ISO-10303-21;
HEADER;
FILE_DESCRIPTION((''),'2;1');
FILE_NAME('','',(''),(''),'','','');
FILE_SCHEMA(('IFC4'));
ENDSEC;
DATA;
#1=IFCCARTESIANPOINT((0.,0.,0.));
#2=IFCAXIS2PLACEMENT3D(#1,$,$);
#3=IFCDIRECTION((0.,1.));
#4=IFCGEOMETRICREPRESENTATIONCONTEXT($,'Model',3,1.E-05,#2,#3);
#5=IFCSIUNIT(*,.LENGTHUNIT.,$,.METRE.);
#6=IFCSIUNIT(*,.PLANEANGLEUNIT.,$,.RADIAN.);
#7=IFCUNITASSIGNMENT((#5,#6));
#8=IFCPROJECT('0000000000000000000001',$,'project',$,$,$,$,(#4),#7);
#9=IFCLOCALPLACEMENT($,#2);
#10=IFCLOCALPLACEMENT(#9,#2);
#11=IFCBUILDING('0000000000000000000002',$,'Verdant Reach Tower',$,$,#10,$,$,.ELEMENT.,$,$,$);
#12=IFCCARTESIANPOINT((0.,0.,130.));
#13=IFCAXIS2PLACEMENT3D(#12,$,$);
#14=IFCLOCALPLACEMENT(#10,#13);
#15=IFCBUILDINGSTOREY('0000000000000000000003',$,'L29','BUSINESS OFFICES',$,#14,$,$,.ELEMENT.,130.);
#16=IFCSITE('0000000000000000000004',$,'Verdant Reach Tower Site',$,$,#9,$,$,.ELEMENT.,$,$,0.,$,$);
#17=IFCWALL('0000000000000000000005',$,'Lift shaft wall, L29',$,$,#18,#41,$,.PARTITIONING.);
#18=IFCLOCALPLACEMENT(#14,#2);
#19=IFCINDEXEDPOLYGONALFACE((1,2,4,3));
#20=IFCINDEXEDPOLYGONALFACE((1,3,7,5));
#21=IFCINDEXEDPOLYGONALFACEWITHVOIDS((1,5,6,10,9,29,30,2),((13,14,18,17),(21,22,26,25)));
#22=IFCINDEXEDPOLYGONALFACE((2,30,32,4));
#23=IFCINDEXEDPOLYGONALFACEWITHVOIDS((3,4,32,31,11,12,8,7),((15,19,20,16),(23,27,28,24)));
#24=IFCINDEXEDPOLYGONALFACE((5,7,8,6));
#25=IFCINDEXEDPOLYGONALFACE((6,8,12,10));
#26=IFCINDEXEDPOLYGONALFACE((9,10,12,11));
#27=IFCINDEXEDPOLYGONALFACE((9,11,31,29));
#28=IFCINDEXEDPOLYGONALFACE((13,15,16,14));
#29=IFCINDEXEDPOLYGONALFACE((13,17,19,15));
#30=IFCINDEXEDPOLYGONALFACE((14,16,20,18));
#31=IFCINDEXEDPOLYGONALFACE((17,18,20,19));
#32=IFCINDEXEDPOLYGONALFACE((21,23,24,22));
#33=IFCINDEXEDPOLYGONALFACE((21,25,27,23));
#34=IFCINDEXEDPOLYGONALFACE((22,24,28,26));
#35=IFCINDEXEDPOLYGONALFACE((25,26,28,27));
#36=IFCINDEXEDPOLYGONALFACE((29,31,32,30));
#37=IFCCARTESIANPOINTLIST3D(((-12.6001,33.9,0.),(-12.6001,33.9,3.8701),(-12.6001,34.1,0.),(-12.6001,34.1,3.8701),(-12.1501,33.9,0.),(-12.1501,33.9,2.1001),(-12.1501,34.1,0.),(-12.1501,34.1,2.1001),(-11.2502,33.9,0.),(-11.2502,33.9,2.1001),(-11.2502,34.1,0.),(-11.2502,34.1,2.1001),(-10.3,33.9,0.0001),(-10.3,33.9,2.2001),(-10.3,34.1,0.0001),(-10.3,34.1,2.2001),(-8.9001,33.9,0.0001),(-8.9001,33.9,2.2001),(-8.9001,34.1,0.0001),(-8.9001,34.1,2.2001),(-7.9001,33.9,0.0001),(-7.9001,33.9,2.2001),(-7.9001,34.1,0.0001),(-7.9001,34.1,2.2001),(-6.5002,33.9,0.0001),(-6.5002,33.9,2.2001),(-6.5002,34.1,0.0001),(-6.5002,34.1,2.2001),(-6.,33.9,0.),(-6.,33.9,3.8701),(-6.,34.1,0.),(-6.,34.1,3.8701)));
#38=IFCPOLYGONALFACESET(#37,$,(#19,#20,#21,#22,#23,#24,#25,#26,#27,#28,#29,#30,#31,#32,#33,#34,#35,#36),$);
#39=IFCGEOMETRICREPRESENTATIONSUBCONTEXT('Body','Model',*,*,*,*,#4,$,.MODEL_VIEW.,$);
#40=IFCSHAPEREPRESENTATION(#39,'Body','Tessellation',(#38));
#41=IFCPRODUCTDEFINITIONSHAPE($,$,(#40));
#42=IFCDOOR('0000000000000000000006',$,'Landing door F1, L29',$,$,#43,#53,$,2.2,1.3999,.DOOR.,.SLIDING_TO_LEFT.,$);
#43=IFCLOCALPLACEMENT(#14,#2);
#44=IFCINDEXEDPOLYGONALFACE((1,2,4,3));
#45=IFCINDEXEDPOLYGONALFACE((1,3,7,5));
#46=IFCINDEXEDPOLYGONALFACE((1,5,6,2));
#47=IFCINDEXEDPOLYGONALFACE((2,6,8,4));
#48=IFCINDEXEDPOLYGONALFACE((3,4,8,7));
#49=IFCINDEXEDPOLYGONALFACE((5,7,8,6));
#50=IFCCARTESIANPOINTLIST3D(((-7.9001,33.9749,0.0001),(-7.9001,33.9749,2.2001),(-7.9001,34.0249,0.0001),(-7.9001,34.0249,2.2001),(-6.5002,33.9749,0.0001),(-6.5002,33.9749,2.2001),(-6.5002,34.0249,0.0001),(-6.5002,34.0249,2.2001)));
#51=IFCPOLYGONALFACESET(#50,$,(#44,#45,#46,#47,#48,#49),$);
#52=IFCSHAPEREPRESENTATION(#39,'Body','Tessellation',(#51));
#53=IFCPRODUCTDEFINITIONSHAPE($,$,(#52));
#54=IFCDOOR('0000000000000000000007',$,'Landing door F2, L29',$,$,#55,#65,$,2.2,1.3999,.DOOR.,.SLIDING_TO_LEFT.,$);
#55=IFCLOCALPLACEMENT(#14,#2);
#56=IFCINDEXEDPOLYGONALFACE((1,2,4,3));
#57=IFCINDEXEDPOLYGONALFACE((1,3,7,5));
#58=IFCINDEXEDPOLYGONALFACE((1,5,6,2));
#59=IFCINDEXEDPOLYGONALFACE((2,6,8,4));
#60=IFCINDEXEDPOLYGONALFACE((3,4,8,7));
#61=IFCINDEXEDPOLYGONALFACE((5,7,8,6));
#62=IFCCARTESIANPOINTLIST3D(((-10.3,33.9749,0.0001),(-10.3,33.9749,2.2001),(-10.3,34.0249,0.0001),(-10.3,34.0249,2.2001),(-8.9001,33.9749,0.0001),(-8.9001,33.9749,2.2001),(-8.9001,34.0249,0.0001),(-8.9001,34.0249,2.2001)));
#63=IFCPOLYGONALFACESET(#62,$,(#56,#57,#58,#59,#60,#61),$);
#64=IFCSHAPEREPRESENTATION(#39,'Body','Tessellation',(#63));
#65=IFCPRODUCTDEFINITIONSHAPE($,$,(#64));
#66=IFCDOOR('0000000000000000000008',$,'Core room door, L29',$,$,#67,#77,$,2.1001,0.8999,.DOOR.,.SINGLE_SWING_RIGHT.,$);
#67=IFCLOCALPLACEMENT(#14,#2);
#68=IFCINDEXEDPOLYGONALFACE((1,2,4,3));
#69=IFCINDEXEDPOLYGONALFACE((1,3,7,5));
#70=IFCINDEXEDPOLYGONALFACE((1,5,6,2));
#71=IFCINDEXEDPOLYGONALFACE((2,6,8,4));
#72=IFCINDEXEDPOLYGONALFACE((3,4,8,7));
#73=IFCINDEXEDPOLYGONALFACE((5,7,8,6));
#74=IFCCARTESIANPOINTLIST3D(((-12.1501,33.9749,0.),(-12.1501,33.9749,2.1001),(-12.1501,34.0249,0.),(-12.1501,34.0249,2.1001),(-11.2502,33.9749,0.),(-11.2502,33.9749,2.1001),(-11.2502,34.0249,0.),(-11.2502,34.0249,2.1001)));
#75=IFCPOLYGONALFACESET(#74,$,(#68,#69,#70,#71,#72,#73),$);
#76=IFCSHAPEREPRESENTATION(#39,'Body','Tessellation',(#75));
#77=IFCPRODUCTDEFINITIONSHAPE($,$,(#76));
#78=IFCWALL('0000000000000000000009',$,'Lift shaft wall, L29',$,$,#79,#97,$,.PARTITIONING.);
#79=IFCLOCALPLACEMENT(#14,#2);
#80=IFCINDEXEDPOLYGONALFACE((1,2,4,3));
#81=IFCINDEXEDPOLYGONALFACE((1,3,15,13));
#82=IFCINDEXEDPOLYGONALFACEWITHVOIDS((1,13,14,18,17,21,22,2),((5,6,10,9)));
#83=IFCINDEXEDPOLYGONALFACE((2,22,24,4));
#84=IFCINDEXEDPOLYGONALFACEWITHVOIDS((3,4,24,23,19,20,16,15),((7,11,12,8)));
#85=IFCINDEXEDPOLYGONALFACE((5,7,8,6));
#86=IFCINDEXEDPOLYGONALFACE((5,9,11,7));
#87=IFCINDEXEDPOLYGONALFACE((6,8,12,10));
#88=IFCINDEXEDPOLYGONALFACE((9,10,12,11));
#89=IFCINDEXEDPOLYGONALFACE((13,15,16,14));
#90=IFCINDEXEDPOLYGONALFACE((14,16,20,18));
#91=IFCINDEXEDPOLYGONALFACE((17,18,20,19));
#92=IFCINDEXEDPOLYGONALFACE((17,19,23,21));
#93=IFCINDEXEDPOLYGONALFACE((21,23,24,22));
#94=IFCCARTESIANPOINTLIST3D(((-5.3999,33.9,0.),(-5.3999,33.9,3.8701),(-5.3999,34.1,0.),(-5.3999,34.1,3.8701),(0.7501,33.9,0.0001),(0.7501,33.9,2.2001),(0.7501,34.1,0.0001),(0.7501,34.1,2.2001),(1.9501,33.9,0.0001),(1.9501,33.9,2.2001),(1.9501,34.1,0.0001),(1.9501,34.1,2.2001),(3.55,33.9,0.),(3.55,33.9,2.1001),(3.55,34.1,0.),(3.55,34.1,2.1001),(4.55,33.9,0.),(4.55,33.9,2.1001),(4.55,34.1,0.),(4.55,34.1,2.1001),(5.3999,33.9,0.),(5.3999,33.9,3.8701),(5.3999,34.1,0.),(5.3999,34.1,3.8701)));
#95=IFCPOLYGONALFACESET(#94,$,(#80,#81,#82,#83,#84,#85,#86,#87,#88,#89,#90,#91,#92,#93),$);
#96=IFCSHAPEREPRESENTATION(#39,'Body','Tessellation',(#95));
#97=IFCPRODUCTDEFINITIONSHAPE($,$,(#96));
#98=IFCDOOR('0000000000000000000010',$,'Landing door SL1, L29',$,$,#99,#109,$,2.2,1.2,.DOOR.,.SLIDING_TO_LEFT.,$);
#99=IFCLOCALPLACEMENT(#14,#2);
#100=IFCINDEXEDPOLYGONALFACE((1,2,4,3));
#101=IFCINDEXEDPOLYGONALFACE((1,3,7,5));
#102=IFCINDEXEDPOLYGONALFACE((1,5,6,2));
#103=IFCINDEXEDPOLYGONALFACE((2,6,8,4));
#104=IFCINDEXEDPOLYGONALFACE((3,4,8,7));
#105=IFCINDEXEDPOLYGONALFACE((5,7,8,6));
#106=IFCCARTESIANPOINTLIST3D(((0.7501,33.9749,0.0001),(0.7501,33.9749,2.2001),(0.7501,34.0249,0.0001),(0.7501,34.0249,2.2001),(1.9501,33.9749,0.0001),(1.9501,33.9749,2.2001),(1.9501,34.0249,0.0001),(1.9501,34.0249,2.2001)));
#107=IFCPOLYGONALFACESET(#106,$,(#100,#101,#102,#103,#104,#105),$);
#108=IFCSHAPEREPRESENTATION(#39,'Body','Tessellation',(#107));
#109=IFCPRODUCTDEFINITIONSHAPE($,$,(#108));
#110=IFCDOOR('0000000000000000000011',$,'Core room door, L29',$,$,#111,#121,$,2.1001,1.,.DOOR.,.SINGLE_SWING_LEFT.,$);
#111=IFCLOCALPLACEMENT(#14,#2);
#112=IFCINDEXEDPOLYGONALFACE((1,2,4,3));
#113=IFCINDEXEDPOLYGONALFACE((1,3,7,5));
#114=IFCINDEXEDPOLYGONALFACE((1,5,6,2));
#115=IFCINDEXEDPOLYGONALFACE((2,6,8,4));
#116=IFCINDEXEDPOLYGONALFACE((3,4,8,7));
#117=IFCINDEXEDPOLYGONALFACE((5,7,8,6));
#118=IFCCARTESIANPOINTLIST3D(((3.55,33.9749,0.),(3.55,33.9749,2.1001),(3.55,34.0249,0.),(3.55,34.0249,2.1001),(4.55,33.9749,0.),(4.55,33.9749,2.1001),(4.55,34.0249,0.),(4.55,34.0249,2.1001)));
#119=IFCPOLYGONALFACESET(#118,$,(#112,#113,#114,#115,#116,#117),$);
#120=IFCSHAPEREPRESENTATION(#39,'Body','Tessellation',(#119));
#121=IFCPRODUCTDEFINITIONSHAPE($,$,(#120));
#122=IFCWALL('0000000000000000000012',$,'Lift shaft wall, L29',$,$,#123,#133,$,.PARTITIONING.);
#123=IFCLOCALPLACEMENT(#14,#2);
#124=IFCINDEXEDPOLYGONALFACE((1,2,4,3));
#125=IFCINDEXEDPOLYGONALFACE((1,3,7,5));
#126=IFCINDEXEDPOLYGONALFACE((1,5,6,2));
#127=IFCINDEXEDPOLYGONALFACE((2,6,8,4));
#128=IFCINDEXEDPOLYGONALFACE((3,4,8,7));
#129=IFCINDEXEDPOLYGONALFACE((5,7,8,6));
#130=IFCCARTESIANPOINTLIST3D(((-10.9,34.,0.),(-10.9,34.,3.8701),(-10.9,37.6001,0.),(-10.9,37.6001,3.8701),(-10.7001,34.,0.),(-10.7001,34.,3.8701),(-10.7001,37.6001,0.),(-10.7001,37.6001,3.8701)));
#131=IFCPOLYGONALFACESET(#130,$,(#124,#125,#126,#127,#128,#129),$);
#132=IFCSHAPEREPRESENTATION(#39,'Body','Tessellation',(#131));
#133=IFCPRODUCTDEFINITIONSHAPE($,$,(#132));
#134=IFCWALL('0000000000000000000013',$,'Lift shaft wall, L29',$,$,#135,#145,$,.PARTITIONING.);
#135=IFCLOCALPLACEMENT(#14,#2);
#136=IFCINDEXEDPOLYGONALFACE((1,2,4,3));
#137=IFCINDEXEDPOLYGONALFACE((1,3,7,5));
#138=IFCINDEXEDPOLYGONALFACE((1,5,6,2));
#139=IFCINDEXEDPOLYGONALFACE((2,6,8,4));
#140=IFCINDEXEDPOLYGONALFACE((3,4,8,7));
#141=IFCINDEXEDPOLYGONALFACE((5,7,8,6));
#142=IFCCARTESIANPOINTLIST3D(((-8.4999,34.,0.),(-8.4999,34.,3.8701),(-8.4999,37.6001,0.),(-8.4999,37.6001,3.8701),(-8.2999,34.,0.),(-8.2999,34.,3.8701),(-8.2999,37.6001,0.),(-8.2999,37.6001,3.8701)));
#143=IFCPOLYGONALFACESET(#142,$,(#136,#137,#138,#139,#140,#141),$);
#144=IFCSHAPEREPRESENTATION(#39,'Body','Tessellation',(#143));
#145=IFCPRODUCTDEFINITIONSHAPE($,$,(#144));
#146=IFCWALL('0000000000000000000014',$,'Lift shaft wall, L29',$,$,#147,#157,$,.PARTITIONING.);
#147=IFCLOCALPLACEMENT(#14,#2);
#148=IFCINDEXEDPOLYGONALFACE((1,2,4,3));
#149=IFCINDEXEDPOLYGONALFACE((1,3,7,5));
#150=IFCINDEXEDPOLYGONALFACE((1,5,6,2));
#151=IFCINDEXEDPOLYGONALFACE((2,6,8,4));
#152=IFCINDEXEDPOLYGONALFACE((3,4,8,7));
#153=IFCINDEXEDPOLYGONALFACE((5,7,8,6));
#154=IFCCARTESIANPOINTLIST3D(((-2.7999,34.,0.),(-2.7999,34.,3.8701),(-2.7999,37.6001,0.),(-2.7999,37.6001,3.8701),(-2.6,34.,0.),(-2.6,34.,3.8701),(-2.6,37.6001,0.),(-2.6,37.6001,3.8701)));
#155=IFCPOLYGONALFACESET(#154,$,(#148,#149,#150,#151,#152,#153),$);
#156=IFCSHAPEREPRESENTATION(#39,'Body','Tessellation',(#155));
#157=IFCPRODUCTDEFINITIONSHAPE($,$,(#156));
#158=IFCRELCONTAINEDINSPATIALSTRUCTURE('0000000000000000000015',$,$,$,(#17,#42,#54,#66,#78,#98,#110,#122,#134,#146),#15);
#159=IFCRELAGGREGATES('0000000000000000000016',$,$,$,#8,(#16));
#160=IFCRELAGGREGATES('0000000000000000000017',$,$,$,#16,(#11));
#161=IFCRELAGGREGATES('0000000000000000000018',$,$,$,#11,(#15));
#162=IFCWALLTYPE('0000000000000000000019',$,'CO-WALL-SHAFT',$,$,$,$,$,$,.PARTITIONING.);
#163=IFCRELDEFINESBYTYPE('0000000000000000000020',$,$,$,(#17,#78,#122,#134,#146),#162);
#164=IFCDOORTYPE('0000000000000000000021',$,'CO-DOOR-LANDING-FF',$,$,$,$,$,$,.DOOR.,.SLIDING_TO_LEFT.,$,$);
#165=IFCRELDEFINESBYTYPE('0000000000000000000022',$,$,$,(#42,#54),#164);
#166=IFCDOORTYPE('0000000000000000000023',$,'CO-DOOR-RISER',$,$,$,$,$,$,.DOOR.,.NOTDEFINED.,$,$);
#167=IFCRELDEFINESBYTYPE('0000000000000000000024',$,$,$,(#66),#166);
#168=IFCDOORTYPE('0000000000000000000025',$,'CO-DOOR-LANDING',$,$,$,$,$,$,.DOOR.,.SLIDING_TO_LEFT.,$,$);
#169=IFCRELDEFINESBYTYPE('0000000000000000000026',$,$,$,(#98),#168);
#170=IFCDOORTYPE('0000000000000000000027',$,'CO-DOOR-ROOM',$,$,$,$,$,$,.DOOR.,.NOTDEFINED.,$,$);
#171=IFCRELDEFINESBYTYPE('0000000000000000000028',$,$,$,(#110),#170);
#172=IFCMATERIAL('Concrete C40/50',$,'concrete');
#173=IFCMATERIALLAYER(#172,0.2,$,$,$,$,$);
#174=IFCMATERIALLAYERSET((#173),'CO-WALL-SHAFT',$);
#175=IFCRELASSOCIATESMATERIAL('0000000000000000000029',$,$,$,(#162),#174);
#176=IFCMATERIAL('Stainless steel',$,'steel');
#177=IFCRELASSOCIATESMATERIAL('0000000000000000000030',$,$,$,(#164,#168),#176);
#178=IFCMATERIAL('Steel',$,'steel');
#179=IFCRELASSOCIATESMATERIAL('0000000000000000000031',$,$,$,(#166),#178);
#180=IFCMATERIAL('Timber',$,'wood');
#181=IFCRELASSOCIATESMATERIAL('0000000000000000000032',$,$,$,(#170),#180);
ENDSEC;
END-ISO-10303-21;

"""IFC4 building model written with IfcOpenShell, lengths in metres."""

from ifc_helpers import new_model, si_unit, direction, frame, frame_2d, origin, place, context, subcontext, project, spatial, rectangle, extrude, material, layer, layer_set, type_object, element, fill, save


model = new_model("IFC4")

# Units and contexts
model_context = context("Model", 3, precision=1e-05, world=origin(), true_north=direction((0.0, 1.0)))
body_context = subcontext(model_context, "Body", "Model", "MODEL_VIEW")
ifc_project = project(units=[si_unit("LENGTHUNIT", "METRE"), si_unit("PLANEANGLEUNIT", "RADIAN")], contexts=[model_context])

# Site, building, storey
site_placement = place(None, origin())
site = spatial("IfcSite", under=ifc_project, at=site_placement, Name="Verdant Reach Tower Site", CompositionType="ELEMENT", RefElevation=0.0)
building_placement = place(site_placement, origin())
building = spatial("IfcBuilding", under=site, at=building_placement, Name="Verdant Reach Tower", CompositionType="ELEMENT")
storey_placement = place(building_placement, frame((0.0, 0.0, 130.0)))
storey = spatial("IfcBuildingStorey", under=building, at=storey_placement, Name="L29", Description="BUSINESS OFFICES", CompositionType="ELEMENT", Elevation=130.0)

# Walls, openings, doors
ifc_material_1 = material(Name="Concrete C40/50", Category="concrete")
ifc_layer_1 = layer(ifc_material_1, 0.2)
ifc_layer_set_1 = layer_set([ifc_layer_1], Name="CO-WALL-SHAFT")
wall_type_1 = type_object("IfcWallType", Name="CO-WALL-SHAFT", PredefinedType="PARTITIONING", material=ifc_layer_set_1)
wall_1_placement = place(storey_placement, frame((-12.6001, 34.0, 0.0), z_axis=(0.0, 0.0, 1.0), x_axis=(1.0, 0.0, 0.0)))
wall_1 = element("IfcWall", 1, at=wall_1_placement, inside=storey, type_object=wall_type_1, Name="Lift shaft wall, L29", PredefinedType="PARTITIONING", context=body_context, shape_type="SweptSolid", body=[
    extrude(rectangle(XDim=6.6001, YDim=0.2, at=frame_2d((3.3, 0.0))), origin(), (0.0, 0.0, 1.0), 3.8701),
])
opening_1_placement = place(wall_1_placement, frame((4.7, 0.0, 0.0)))
opening_1 = element("IfcOpeningElement", 2, at=opening_1_placement, cuts=wall_1, PredefinedType="OPENING", context=body_context, shape_type="SweptSolid", body=[
    extrude(rectangle(XDim=1.3999, YDim=2.2, at=frame_2d((0.7, 1.1001))), frame((0.0, 0.1099, 0.0), z_axis=(0.0, -1.0, 0.0), x_axis=(1.0, 0.0, 0.0)), (0.0, 0.0, 1.0), 0.22),
])
opening_2_placement = place(wall_1_placement, frame((2.3, 0.0, 0.0)))
opening_2 = element("IfcOpeningElement", 3, at=opening_2_placement, cuts=wall_1, PredefinedType="OPENING", context=body_context, shape_type="SweptSolid", body=[
    extrude(rectangle(XDim=1.3999, YDim=2.2, at=frame_2d((0.7, 1.1001))), frame((0.0, 0.1099, 0.0), z_axis=(0.0, -1.0, 0.0), x_axis=(1.0, 0.0, 0.0)), (0.0, 0.0, 1.0), 0.22),
])
opening_3_placement = place(wall_1_placement, frame((0.45, 0.0, 0.0)))
opening_3 = element("IfcOpeningElement", 4, at=opening_3_placement, cuts=wall_1, PredefinedType="OPENING", context=body_context, shape_type="SweptSolid", body=[
    extrude(rectangle(XDim=0.8999, YDim=2.1001, at=frame_2d((0.45, 1.05))), frame((0.0, 0.1099, 0.0), z_axis=(0.0, -1.0, 0.0), x_axis=(1.0, 0.0, 0.0)), (0.0, 0.0, 1.0), 0.22),
])
ifc_material_2 = material(Name="Stainless steel", Category="steel")
door_type_1 = type_object("IfcDoorType", Name="CO-DOOR-LANDING-FF", OperationType="SLIDING_TO_LEFT", PredefinedType="DOOR", material=ifc_material_2)
door_1_placement = place(opening_1_placement, origin())
door_1 = element("IfcDoor", 5, at=door_1_placement, inside=storey, type_object=door_type_1, Name="Landing door F1, L29", OperationType="SLIDING_TO_LEFT", OverallHeight=2.2, OverallWidth=1.3999, PredefinedType="DOOR", context=body_context, shape_type="SweptSolid", body=[
    extrude(rectangle(XDim=1.3999, YDim=2.2, at=frame_2d((0.7, 1.1001))), frame((0.0, 0.0249, 0.0), z_axis=(0.0, -1.0, 0.0), x_axis=(1.0, 0.0, 0.0)), (0.0, 0.0, 1.0), 0.05),
])
fill(opening_1, door_1)
door_2_placement = place(opening_2_placement, origin())
door_2 = element("IfcDoor", 6, at=door_2_placement, inside=storey, type_object=door_type_1, Name="Landing door F2, L29", OperationType="SLIDING_TO_LEFT", OverallHeight=2.2, OverallWidth=1.3999, PredefinedType="DOOR", context=body_context, shape_type="SweptSolid", body=[
    extrude(rectangle(XDim=1.3999, YDim=2.2, at=frame_2d((0.7, 1.1001))), frame((0.0, 0.0249, 0.0), z_axis=(0.0, -1.0, 0.0), x_axis=(1.0, 0.0, 0.0)), (0.0, 0.0, 1.0), 0.05),
])
fill(opening_2, door_2)
ifc_material_3 = material(Name="Steel", Category="steel")
door_type_2 = type_object("IfcDoorType", Name="CO-DOOR-RISER", OperationType="NOTDEFINED", PredefinedType="DOOR", material=ifc_material_3)
door_3_placement = place(opening_3_placement, origin())
door_3 = element("IfcDoor", 7, at=door_3_placement, inside=storey, type_object=door_type_2, Name="Core room door, L29", OperationType="SINGLE_SWING_RIGHT", OverallHeight=2.1001, OverallWidth=0.8999, PredefinedType="DOOR", context=body_context, shape_type="SweptSolid", body=[
    extrude(rectangle(XDim=0.8999, YDim=2.1001, at=frame_2d((0.45, 1.05))), frame((0.0, 0.0249, 0.0), z_axis=(0.0, -1.0, 0.0), x_axis=(1.0, 0.0, 0.0)), (0.0, 0.0, 1.0), 0.05),
])
fill(opening_3, door_3)
wall_2_placement = place(storey_placement, frame((-5.3999, 34.0, 0.0), z_axis=(0.0, 0.0, 1.0), x_axis=(1.0, 0.0, 0.0)))
wall_2 = element("IfcWall", 8, at=wall_2_placement, inside=storey, type_object=wall_type_1, Name="Lift shaft wall, L29", PredefinedType="PARTITIONING", context=body_context, shape_type="SweptSolid", body=[
    extrude(rectangle(XDim=10.7998, YDim=0.2, at=frame_2d((5.3999, 0.0))), origin(), (0.0, 0.0, 1.0), 3.8701),
])
opening_4_placement = place(wall_2_placement, frame((6.1499, 0.0, 0.0)))
opening_4 = element("IfcOpeningElement", 9, at=opening_4_placement, cuts=wall_2, PredefinedType="OPENING", context=body_context, shape_type="SweptSolid", body=[
    extrude(rectangle(XDim=1.2, YDim=2.2, at=frame_2d((0.6001, 1.1001))), frame((0.0, 0.1099, 0.0), z_axis=(0.0, -1.0, 0.0), x_axis=(1.0, 0.0, 0.0)), (0.0, 0.0, 1.0), 0.22),
])
opening_5_placement = place(wall_2_placement, frame((8.95, 0.0, 0.0)))
opening_5 = element("IfcOpeningElement", 10, at=opening_5_placement, cuts=wall_2, PredefinedType="OPENING", context=body_context, shape_type="SweptSolid", body=[
    extrude(rectangle(XDim=1.0, YDim=2.1001, at=frame_2d((0.5, 1.05))), frame((0.0, 0.1099, 0.0), z_axis=(0.0, -1.0, 0.0), x_axis=(1.0, 0.0, 0.0)), (0.0, 0.0, 1.0), 0.22),
])
door_type_3 = type_object("IfcDoorType", Name="CO-DOOR-LANDING", OperationType="SLIDING_TO_LEFT", PredefinedType="DOOR", material=ifc_material_2)
door_4_placement = place(opening_4_placement, origin())
door_4 = element("IfcDoor", 11, at=door_4_placement, inside=storey, type_object=door_type_3, Name="Landing door SL1, L29", OperationType="SLIDING_TO_LEFT", OverallHeight=2.2, OverallWidth=1.2, PredefinedType="DOOR", context=body_context, shape_type="SweptSolid", body=[
    extrude(rectangle(XDim=1.2, YDim=2.2, at=frame_2d((0.6001, 1.1001))), frame((0.0, 0.0249, 0.0), z_axis=(0.0, -1.0, 0.0), x_axis=(1.0, 0.0, 0.0)), (0.0, 0.0, 1.0), 0.05),
])
fill(opening_4, door_4)
ifc_material_4 = material(Name="Timber", Category="wood")
door_type_4 = type_object("IfcDoorType", Name="CO-DOOR-ROOM", OperationType="NOTDEFINED", PredefinedType="DOOR", material=ifc_material_4)
door_5_placement = place(opening_5_placement, origin())
door_5 = element("IfcDoor", 12, at=door_5_placement, inside=storey, type_object=door_type_4, Name="Core room door, L29", OperationType="SINGLE_SWING_LEFT", OverallHeight=2.1001, OverallWidth=1.0, PredefinedType="DOOR", context=body_context, shape_type="SweptSolid", body=[
    extrude(rectangle(XDim=1.0, YDim=2.1001, at=frame_2d((0.5, 1.05))), frame((0.0, 0.0249, 0.0), z_axis=(0.0, -1.0, 0.0), x_axis=(1.0, 0.0, 0.0)), (0.0, 0.0, 1.0), 0.05),
])
fill(opening_5, door_5)

# Walls
for number, where, z_axis, x_axis, name in (
    (13, (-10.8, 34.0, 0.0), (0.0, 0.0, 1.0), (0.0, 1.0, 0.0), "Lift shaft wall, L29"),
    (14, (-8.3999, 34.0, 0.0), (0.0, 0.0, 1.0), (0.0, 1.0, 0.0), "Lift shaft wall, L29"),
    (15, (-2.7, 34.0, 0.0), (0.0, 0.0, 1.0), (0.0, 1.0, 0.0), "Lift shaft wall, L29"),
):
    element("IfcWall", number, at=place(storey_placement, frame(where, z_axis=z_axis, x_axis=x_axis)), inside=storey, type_object=wall_type_1, Name=name, PredefinedType="PARTITIONING", context=body_context, shape_type="SweptSolid", body=[
        extrude(rectangle(XDim=3.6001, YDim=0.2, at=frame_2d((1.8, 0.0))), origin(), (0.0, 0.0, 1.0), 3.8701),
    ])

save(model, "model.ifc")
